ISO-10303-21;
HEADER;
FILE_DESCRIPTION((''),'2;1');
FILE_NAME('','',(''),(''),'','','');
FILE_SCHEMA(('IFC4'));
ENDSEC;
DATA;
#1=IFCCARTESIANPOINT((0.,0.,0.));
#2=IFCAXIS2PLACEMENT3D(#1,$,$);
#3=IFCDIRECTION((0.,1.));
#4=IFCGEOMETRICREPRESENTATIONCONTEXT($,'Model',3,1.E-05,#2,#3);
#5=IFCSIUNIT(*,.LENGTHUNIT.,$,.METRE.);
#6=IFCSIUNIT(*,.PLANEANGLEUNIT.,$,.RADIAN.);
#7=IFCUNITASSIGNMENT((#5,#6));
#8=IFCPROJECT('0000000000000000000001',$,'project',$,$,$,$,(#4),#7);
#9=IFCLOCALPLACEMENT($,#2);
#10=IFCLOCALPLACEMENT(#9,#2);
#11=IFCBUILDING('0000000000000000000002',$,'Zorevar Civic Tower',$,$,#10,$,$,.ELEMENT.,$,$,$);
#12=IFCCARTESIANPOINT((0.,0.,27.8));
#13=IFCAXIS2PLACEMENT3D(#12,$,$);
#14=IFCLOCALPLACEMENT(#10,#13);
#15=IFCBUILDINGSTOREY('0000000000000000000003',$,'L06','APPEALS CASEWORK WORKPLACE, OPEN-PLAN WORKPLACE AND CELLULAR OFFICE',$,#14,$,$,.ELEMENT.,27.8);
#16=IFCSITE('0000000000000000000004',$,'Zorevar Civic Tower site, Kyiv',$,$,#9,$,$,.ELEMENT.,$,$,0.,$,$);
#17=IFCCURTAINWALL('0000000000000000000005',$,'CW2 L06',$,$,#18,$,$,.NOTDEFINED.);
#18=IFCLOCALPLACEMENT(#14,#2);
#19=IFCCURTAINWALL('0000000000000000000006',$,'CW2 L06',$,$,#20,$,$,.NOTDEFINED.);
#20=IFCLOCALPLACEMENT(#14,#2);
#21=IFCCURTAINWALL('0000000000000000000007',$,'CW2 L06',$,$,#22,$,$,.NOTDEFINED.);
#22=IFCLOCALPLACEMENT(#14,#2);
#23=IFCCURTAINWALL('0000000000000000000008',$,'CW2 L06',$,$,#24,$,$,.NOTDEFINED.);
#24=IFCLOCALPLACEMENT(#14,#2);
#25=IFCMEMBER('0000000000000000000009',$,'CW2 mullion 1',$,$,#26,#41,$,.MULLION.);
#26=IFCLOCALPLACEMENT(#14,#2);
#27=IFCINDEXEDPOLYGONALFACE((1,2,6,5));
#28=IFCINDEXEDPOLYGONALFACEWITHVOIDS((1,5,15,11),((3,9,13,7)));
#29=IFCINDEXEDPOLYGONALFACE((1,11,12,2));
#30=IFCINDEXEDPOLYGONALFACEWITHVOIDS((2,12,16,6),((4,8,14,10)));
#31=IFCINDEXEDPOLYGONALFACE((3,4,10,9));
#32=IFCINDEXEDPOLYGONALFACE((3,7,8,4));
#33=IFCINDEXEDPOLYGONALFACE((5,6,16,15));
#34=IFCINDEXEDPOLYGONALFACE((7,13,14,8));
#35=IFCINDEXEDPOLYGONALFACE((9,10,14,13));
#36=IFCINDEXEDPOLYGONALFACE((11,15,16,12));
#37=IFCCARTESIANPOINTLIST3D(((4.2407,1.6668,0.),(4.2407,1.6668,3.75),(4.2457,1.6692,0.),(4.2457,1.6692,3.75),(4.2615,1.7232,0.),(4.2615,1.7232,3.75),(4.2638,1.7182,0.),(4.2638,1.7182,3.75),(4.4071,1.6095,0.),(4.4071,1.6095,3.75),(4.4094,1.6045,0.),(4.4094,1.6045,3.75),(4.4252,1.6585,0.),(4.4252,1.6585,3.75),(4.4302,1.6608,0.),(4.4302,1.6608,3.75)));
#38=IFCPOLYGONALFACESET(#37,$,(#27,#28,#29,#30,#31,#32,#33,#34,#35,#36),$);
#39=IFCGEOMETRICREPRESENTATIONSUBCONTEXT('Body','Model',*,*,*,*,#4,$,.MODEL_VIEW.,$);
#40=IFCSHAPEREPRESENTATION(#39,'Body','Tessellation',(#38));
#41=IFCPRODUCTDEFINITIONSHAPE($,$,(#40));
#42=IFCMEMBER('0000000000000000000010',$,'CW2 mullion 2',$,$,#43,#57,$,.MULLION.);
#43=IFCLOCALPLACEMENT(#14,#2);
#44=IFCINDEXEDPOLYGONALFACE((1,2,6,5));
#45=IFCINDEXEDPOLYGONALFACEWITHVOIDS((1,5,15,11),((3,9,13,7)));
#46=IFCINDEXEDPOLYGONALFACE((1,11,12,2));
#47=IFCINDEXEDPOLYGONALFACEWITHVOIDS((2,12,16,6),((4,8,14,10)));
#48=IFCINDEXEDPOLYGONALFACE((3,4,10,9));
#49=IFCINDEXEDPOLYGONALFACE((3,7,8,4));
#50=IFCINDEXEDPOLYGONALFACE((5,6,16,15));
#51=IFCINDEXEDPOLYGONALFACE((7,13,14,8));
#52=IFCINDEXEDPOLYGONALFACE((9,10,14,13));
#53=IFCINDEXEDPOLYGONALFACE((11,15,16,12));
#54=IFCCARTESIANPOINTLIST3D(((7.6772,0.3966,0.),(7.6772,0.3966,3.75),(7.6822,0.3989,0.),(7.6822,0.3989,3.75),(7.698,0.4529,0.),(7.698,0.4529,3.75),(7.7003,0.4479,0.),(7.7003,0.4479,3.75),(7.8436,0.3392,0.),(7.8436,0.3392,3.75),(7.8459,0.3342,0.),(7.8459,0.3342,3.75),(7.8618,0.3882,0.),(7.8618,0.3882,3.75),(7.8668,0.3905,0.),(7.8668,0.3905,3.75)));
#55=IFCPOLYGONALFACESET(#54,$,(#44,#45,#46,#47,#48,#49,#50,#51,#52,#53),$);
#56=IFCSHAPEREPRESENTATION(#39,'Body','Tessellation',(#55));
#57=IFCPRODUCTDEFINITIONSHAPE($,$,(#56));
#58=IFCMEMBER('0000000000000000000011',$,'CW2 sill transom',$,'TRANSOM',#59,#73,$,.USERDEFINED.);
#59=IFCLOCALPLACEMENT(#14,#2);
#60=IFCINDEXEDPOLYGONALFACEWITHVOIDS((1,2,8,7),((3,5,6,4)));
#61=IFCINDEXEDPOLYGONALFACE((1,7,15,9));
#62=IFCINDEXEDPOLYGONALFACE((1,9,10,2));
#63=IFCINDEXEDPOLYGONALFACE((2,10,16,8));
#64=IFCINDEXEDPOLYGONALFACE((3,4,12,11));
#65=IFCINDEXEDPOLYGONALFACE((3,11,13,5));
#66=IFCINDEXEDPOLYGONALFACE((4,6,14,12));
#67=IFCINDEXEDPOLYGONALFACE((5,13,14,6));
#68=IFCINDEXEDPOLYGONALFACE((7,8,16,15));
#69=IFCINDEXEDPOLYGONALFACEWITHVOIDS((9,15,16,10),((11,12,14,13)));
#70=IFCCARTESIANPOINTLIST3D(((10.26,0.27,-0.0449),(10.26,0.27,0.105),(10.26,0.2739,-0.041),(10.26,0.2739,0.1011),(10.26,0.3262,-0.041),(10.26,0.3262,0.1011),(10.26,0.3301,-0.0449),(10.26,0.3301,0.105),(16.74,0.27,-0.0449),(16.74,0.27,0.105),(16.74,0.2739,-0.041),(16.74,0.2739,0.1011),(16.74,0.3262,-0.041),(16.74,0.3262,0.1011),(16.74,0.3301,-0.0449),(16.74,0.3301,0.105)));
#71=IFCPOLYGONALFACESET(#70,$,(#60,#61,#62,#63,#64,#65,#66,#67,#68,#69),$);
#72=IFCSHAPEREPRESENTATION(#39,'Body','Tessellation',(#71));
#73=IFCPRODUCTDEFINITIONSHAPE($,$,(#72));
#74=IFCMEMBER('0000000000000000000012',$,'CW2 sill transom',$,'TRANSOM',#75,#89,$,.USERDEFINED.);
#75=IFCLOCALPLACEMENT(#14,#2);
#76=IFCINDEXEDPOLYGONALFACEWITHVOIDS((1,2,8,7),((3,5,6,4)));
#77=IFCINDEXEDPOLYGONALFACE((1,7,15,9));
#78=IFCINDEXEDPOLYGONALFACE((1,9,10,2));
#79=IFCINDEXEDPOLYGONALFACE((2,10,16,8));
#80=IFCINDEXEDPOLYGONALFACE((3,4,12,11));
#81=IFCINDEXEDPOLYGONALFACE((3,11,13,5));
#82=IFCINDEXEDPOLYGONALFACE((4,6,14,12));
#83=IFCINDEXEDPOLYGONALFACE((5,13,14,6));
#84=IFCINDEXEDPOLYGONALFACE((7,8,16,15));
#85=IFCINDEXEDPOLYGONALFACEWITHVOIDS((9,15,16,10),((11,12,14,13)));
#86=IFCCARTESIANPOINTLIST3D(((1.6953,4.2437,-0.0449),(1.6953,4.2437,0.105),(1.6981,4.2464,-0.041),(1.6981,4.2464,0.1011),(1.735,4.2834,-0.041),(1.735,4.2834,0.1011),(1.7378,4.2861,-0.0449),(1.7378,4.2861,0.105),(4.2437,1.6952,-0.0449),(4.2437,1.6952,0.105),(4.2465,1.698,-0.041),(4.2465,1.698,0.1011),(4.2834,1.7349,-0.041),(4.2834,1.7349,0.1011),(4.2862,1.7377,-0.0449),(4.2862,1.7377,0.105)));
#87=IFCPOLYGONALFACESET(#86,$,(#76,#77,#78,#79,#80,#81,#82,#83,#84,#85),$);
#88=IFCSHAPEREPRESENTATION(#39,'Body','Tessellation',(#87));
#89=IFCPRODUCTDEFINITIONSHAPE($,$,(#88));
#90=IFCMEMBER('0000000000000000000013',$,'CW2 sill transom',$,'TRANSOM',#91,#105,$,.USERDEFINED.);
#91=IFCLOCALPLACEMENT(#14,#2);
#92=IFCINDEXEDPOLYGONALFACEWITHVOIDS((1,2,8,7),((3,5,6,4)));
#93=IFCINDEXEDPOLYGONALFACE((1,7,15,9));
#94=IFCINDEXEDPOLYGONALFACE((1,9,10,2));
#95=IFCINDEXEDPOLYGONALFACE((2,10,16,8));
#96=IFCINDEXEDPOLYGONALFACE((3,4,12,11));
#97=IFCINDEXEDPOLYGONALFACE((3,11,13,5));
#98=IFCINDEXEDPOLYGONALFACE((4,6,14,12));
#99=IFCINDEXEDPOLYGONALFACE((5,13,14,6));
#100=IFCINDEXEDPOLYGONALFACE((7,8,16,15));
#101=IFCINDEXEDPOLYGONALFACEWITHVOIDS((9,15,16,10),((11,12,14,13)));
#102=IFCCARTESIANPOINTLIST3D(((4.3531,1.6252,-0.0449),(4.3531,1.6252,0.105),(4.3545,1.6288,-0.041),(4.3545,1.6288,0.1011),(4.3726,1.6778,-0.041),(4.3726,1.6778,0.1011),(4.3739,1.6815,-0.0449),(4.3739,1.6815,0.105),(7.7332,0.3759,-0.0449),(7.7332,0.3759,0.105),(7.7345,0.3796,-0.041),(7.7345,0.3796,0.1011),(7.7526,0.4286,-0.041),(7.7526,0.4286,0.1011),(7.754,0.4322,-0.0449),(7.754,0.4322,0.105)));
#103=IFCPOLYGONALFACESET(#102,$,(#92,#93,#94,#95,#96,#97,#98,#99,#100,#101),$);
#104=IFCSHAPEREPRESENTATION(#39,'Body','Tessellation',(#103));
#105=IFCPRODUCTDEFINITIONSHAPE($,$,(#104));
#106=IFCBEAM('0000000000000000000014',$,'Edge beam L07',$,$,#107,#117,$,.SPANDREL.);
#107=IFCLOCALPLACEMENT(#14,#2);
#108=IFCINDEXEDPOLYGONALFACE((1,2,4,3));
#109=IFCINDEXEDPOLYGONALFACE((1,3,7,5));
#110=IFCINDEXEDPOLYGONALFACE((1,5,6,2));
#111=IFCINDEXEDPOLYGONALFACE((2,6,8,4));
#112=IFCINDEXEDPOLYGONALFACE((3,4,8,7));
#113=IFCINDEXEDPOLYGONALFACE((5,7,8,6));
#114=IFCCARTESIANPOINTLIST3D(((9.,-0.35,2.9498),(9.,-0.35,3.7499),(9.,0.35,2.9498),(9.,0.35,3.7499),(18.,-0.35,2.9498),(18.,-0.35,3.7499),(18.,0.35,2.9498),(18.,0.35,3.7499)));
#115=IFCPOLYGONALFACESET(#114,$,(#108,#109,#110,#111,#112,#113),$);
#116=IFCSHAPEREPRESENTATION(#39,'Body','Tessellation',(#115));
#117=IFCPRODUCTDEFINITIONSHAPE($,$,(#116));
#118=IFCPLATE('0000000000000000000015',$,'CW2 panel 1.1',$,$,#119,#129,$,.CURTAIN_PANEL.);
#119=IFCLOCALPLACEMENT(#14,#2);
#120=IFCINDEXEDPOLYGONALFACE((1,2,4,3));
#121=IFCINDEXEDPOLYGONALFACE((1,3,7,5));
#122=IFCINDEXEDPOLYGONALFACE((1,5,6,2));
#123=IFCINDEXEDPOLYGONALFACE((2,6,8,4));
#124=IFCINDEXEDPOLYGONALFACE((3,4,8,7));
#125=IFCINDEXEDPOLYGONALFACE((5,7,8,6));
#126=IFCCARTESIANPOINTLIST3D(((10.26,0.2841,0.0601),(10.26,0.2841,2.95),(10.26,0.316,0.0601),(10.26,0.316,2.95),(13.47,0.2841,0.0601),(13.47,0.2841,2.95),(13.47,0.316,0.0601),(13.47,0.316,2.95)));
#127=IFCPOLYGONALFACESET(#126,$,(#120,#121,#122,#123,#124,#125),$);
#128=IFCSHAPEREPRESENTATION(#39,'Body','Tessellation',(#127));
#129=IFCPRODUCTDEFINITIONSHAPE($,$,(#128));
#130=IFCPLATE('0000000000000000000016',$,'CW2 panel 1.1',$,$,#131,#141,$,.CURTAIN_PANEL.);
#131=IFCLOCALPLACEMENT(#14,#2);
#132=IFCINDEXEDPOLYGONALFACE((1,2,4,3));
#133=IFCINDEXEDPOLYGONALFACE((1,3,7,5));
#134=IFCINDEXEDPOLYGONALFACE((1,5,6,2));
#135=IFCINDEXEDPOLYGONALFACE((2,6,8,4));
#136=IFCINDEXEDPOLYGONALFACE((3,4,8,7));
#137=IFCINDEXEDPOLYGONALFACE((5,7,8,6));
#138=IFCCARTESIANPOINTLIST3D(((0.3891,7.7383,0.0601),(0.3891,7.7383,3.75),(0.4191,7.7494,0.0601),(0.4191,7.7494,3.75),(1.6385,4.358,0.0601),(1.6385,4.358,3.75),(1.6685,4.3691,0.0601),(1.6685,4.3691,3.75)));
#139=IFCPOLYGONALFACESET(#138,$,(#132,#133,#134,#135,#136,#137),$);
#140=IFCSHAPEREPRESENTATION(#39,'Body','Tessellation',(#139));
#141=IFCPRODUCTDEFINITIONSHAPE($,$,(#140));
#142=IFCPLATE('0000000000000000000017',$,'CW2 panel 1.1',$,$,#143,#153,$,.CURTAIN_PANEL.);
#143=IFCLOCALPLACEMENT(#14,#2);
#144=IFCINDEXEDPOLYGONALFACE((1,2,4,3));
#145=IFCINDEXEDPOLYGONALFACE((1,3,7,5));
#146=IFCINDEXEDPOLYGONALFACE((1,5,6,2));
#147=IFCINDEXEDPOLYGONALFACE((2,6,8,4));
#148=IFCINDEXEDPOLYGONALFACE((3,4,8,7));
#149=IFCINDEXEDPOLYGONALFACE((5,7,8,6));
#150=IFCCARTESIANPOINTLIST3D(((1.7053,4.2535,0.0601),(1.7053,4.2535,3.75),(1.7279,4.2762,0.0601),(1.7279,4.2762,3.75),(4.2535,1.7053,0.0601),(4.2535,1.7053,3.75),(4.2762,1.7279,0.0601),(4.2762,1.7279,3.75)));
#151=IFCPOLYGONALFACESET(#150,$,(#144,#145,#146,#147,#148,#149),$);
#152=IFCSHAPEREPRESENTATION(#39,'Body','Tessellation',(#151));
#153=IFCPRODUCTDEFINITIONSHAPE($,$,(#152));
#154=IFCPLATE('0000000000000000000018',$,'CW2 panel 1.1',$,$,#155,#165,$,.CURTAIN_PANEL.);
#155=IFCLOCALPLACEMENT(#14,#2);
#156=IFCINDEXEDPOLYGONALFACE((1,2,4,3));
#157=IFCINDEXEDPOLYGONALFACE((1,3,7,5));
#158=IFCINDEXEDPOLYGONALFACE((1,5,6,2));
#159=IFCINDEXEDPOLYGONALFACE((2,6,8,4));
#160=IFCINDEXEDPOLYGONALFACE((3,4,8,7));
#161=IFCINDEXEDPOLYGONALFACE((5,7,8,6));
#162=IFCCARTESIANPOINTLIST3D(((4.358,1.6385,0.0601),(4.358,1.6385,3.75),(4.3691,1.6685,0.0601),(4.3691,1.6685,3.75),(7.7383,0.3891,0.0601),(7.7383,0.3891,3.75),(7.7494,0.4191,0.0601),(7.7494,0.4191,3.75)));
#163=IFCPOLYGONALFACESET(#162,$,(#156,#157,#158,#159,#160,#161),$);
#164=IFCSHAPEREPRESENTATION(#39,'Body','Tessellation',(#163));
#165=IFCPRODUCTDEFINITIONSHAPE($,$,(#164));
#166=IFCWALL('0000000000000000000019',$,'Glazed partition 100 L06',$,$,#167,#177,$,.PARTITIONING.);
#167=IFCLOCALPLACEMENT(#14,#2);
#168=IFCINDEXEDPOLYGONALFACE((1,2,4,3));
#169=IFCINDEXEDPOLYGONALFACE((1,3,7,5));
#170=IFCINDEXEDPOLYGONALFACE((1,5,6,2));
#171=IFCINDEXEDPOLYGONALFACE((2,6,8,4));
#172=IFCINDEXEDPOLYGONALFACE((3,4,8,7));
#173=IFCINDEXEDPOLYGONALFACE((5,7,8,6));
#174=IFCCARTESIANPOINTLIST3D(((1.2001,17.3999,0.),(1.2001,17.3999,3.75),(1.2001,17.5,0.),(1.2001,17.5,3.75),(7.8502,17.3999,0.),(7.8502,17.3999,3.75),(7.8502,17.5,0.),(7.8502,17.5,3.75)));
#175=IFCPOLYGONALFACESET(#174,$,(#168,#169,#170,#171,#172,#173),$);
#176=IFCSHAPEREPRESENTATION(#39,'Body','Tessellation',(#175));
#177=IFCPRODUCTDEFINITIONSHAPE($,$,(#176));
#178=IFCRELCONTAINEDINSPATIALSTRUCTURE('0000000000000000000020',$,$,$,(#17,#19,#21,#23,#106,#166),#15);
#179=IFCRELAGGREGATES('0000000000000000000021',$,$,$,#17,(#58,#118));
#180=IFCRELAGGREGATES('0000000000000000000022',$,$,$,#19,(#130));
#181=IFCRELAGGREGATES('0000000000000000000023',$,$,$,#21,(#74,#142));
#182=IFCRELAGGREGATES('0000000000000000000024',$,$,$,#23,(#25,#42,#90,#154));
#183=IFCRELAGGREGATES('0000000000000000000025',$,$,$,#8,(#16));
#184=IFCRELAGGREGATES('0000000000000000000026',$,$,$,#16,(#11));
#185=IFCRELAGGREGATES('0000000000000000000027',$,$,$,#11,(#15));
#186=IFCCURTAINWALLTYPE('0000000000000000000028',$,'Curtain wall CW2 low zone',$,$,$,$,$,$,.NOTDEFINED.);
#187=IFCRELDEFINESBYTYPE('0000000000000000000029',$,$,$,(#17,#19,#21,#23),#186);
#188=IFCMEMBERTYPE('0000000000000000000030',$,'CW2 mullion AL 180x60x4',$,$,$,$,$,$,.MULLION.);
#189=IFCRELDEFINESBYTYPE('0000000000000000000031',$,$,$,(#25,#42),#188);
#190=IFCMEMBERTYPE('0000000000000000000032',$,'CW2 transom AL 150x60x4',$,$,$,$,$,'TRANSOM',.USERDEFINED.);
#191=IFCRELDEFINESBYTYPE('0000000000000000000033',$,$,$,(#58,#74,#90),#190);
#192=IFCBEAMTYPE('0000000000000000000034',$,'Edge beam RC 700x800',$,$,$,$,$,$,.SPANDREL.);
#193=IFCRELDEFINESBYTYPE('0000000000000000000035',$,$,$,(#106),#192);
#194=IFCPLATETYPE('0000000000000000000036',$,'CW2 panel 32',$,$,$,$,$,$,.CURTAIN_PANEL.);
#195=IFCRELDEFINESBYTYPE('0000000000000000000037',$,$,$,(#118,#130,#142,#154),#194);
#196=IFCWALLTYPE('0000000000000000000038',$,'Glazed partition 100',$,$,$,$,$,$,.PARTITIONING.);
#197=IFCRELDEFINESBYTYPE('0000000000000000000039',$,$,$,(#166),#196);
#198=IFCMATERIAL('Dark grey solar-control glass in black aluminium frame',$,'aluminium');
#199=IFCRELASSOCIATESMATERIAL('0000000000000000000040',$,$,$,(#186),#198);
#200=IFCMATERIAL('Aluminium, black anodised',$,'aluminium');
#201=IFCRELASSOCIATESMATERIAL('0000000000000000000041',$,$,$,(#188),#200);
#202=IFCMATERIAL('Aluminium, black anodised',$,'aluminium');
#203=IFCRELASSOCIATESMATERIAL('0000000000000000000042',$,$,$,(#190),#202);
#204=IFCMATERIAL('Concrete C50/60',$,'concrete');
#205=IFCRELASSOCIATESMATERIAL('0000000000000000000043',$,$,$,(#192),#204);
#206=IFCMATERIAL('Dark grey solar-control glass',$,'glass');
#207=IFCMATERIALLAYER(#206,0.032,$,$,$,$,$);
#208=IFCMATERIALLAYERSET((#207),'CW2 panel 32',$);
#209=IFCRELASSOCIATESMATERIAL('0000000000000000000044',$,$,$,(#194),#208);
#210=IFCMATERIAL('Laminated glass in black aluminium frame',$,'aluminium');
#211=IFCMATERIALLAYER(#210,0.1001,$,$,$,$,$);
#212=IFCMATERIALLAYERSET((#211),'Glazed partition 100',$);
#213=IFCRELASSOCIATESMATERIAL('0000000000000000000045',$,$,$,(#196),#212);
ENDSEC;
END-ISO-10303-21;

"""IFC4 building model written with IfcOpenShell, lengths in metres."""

from ifc_helpers import new_model, si_unit, direction, frame, frame_2d, origin, origin_2d, place, context, subcontext, project, spatial, rectangle, hollow_rectangle, extrude, material, layer, layer_set, material_profile, profile_set, type_object, element, aggregate, save


model = new_model("IFC4")

# Units and contexts
model_context = context("Model", 3, precision=1e-05, world=origin(), true_north=direction((0.0, 1.0)))
body_context = subcontext(model_context, "Body", "Model", "MODEL_VIEW")
ifc_project = project(units=[si_unit("LENGTHUNIT", "METRE"), si_unit("PLANEANGLEUNIT", "RADIAN")], contexts=[model_context])

# Site, building, storey
site_placement = place(None, origin())
site = spatial("IfcSite", under=ifc_project, at=site_placement, Name="Zorevar Civic Tower site, Kyiv", CompositionType="ELEMENT", RefElevation=0.0)
building_placement = place(site_placement, origin())
building = spatial("IfcBuilding", under=site, at=building_placement, Name="Zorevar Civic Tower", CompositionType="ELEMENT")
storey_placement = place(building_placement, frame((0.0, 0.0, 27.8)))
storey = spatial("IfcBuildingStorey", under=building, at=storey_placement, Name="L06", Description="APPEALS CASEWORK WORKPLACE, OPEN-PLAN WORKPLACE AND CELLULAR OFFICE", CompositionType="ELEMENT", Elevation=27.8)

# Curtain wall
ifc_material_1 = material(Name="Dark grey solar-control glass in black aluminium frame", Category="aluminium")
curtain_wall_type = type_object("IfcCurtainWallType", Name="Curtain wall CW2 low zone", PredefinedType="NOTDEFINED", material=ifc_material_1)
curtain_wall_1_placement = place(storey_placement, origin())
curtain_wall_1 = element("IfcCurtainWall", 1, at=curtain_wall_1_placement, inside=storey, type_object=curtain_wall_type, Name="CW2 L06", PredefinedType="NOTDEFINED")
ifc_material_2 = material(Name="Aluminium, black anodised", Category="aluminium")
ifc_material_profile_1 = material_profile(ifc_material_2, hollow_rectangle(XDim=0.0601, YDim=0.1799, WallThickness=0.0039, at=origin_2d()), Name="AL 180x60x4")
ifc_profile_set_1 = profile_set([ifc_material_profile_1], Name="Aluminium, black anodised")
member_type_1 = type_object("IfcMemberType", Name="CW2 mullion AL 180x60x4", PredefinedType="MULLION", material=ifc_profile_set_1)

# Curtain wall
curtain_wall_2_placement = place(storey_placement, origin())
curtain_wall_2 = element("IfcCurtainWall", 2, at=curtain_wall_2_placement, inside=storey, type_object=curtain_wall_type, Name="CW2 L06", PredefinedType="NOTDEFINED")

# Curtain walls, members
curtain_wall_3_placement = place(storey_placement, origin())
curtain_wall_3 = element("IfcCurtainWall", 3, at=curtain_wall_3_placement, inside=storey, type_object=curtain_wall_type, Name="CW2 L06", PredefinedType="NOTDEFINED")
curtain_wall_4_placement = place(storey_placement, origin())
curtain_wall_4 = element("IfcCurtainWall", 4, at=curtain_wall_4_placement, inside=storey, type_object=curtain_wall_type, Name="CW2 L06", PredefinedType="NOTDEFINED")
member_1_placement = place(storey_placement, frame((4.3354, 1.6638, 0.0), z_axis=(0.0, 0.0, 1.0), x_axis=(0.346704, 0.937975, 0.0)))
member_1 = element("IfcMember", 5, at=member_1_placement, type_object=member_type_1, Name="CW2 mullion 1", PredefinedType="MULLION", context=body_context, shape_type="SweptSolid", body=[
    extrude(hollow_rectangle(XDim=0.0601, YDim=0.1799, WallThickness=0.0039, at=origin_2d()), origin(), (0.0, 0.0, 1.0), 3.75),
])
member_2_placement = place(storey_placement, frame((7.772, 0.3936, 0.0), z_axis=(0.0, 0.0, 1.0), x_axis=(0.346704, 0.937975, 0.0)))
member_2 = element("IfcMember", 6, at=member_2_placement, type_object=member_type_1, Name="CW2 mullion 2", PredefinedType="MULLION", context=body_context, shape_type="SweptSolid", body=[
    extrude(hollow_rectangle(XDim=0.0601, YDim=0.1799, WallThickness=0.0039, at=origin_2d()), origin(), (0.0, 0.0, 1.0), 3.75),
])

# Members
ifc_material_3 = material(Name="Aluminium, black anodised", Category="aluminium")
ifc_material_profile_2 = material_profile(ifc_material_3, hollow_rectangle(XDim=0.0601, YDim=0.1499, WallThickness=0.0039, at=origin_2d()), Name="AL 150x60x4")
ifc_profile_set_2 = profile_set([ifc_material_profile_2], Name="Aluminium, black anodised")
member_type_2 = type_object("IfcMemberType", Name="CW2 transom AL 150x60x4", ElementType="TRANSOM", PredefinedType="USERDEFINED", material=ifc_profile_set_2)
member_3_placement = place(storey_placement, frame((10.26, 0.3, 0.03), z_axis=(1.0, 0.0, 0.0), x_axis=(0.0, 1.0, 0.0)))
member_3 = element("IfcMember", 7, at=member_3_placement, type_object=member_type_2, Name="CW2 sill transom", ObjectType="TRANSOM", PredefinedType="USERDEFINED", context=body_context, shape_type="SweptSolid", body=[
    extrude(hollow_rectangle(XDim=0.0601, YDim=0.1499, WallThickness=0.0039, at=origin_2d()), origin(), (0.0, 0.0, 1.0), 6.48),
])
member_4_placement = place(storey_placement, frame((1.7166, 4.2649, 0.03), z_axis=(0.707107, -0.707107, 0.0), x_axis=(0.707107, 0.707107, 0.0)))
member_4 = element("IfcMember", 8, at=member_4_placement, type_object=member_type_2, Name="CW2 sill transom", ObjectType="TRANSOM", PredefinedType="USERDEFINED", context=body_context, shape_type="SweptSolid", body=[
    extrude(hollow_rectangle(XDim=0.0601, YDim=0.1499, WallThickness=0.0039, at=origin_2d()), origin(), (0.0, 0.0, 1.0), 3.604),
])
member_5_placement = place(storey_placement, frame((4.3635, 1.6533, 0.03), z_axis=(0.937986, -0.346672, 0.0), x_axis=(0.346672, 0.937986, 0.0)))
member_5 = element("IfcMember", 9, at=member_5_placement, type_object=member_type_2, Name="CW2 sill transom", ObjectType="TRANSOM", PredefinedType="USERDEFINED", context=body_context, shape_type="SweptSolid", body=[
    extrude(hollow_rectangle(XDim=0.0601, YDim=0.1499, WallThickness=0.0039, at=origin_2d()), origin(), (0.0, 0.0, 1.0), 3.6035),
])

# Beam
ifc_material_4 = material(Name="Concrete C50/60", Category="concrete")
ifc_material_profile_3 = material_profile(ifc_material_4, rectangle(XDim=0.7, YDim=0.8, at=origin_2d()), Name="RC 700x800")
ifc_profile_set_3 = profile_set([ifc_material_profile_3], Name="Concrete C50/60")
beam_type_1 = type_object("IfcBeamType", Name="Edge beam RC 700x800", PredefinedType="SPANDREL", material=ifc_profile_set_3)
beam_1_placement = place(storey_placement, frame((9.0, 0.0, 3.3499), z_axis=(1.0, 0.0, 0.0), x_axis=(0.0, 1.0, 0.0)))
element("IfcBeam", 10, at=beam_1_placement, inside=storey, type_object=beam_type_1, Name="Edge beam L07", PredefinedType="SPANDREL", context=body_context, shape_type="SweptSolid", body=[
    extrude(rectangle(XDim=0.7, YDim=0.8, at=origin_2d()), origin(), (0.0, 0.0, 1.0), 9.0),
])

# Plates
ifc_material_5 = material(Name="Dark grey solar-control glass", Category="glass")
ifc_layer_1 = layer(ifc_material_5, 0.032)
ifc_layer_set_1 = layer_set([ifc_layer_1], Name="CW2 panel 32")
plate_type = type_object("IfcPlateType", Name="CW2 panel 32", PredefinedType="CURTAIN_PANEL", material=ifc_layer_set_1)
plate_1_placement = place(storey_placement, frame((11.865, 0.3, 0.0601), z_axis=(0.0, 0.0, 1.0), x_axis=(1.0, 0.0, 0.0)))
plate_1 = element("IfcPlate", 11, at=plate_1_placement, type_object=plate_type, Name="CW2 panel 1.1", PredefinedType="CURTAIN_PANEL", context=body_context, shape_type="SweptSolid", body=[
    extrude(rectangle(XDim=3.21, YDim=0.032, at=origin_2d()), origin(), (0.0, 0.0, 1.0), 2.8899),
])
aggregate(curtain_wall_1, [member_3, plate_1])
plate_2_placement = place(storey_placement, frame((1.0288, 6.0537, 0.0601), z_axis=(0.0, 0.0, 1.0), x_axis=(0.346704, -0.937975, 0.0)))
plate_2 = element("IfcPlate", 12, at=plate_2_placement, type_object=plate_type, Name="CW2 panel 1.1", PredefinedType="CURTAIN_PANEL", context=body_context, shape_type="SweptSolid", body=[
    extrude(rectangle(XDim=3.6038, YDim=0.032, at=origin_2d()), origin(), (0.0, 0.0, 1.0), 3.6899),
])
aggregate(curtain_wall_2, [plate_2])
plate_3_placement = place(storey_placement, frame((2.9907, 2.9907, 0.0601), z_axis=(0.0, 0.0, 1.0), x_axis=(0.707107, -0.707107, 0.0)))
plate_3 = element("IfcPlate", 13, at=plate_3_placement, type_object=plate_type, Name="CW2 panel 1.1", PredefinedType="CURTAIN_PANEL", context=body_context, shape_type="SweptSolid", body=[
    extrude(rectangle(XDim=3.6038, YDim=0.032, at=origin_2d()), origin(), (0.0, 0.0, 1.0), 3.6899),
])
aggregate(curtain_wall_3, [member_4, plate_3])
plate_4_placement = place(storey_placement, frame((6.0537, 1.0288, 0.0601), z_axis=(0.0, 0.0, 1.0), x_axis=(0.937975, -0.346704, 0.0)))
plate_4 = element("IfcPlate", 14, at=plate_4_placement, type_object=plate_type, Name="CW2 panel 1.1", PredefinedType="CURTAIN_PANEL", context=body_context, shape_type="SweptSolid", body=[
    extrude(rectangle(XDim=3.6038, YDim=0.032, at=origin_2d()), origin(), (0.0, 0.0, 1.0), 3.6899),
])
aggregate(curtain_wall_4, [member_1, member_2, member_5, plate_4])

# Wall
ifc_material_6 = material(Name="Laminated glass in black aluminium frame", Category="aluminium")
ifc_layer_2 = layer(ifc_material_6, 0.1001)
ifc_layer_set_2 = layer_set([ifc_layer_2], Name="Glazed partition 100")
wall_type_1 = type_object("IfcWallType", Name="Glazed partition 100", PredefinedType="PARTITIONING", material=ifc_layer_set_2)
wall_1_placement = place(storey_placement, frame((1.2, 17.45, 0.0), z_axis=(0.0, 0.0, 1.0), x_axis=(1.0, 0.0, 0.0)))
element("IfcWall", 15, at=wall_1_placement, inside=storey, type_object=wall_type_1, Name="Glazed partition 100 L06", PredefinedType="PARTITIONING", context=body_context, shape_type="SweptSolid", body=[
    extrude(rectangle(XDim=6.6501, YDim=0.1001, at=frame_2d((3.3252, 0.0))), origin(), (0.0, 0.0, 1.0), 3.75),
])

save(model, "model.ifc")
